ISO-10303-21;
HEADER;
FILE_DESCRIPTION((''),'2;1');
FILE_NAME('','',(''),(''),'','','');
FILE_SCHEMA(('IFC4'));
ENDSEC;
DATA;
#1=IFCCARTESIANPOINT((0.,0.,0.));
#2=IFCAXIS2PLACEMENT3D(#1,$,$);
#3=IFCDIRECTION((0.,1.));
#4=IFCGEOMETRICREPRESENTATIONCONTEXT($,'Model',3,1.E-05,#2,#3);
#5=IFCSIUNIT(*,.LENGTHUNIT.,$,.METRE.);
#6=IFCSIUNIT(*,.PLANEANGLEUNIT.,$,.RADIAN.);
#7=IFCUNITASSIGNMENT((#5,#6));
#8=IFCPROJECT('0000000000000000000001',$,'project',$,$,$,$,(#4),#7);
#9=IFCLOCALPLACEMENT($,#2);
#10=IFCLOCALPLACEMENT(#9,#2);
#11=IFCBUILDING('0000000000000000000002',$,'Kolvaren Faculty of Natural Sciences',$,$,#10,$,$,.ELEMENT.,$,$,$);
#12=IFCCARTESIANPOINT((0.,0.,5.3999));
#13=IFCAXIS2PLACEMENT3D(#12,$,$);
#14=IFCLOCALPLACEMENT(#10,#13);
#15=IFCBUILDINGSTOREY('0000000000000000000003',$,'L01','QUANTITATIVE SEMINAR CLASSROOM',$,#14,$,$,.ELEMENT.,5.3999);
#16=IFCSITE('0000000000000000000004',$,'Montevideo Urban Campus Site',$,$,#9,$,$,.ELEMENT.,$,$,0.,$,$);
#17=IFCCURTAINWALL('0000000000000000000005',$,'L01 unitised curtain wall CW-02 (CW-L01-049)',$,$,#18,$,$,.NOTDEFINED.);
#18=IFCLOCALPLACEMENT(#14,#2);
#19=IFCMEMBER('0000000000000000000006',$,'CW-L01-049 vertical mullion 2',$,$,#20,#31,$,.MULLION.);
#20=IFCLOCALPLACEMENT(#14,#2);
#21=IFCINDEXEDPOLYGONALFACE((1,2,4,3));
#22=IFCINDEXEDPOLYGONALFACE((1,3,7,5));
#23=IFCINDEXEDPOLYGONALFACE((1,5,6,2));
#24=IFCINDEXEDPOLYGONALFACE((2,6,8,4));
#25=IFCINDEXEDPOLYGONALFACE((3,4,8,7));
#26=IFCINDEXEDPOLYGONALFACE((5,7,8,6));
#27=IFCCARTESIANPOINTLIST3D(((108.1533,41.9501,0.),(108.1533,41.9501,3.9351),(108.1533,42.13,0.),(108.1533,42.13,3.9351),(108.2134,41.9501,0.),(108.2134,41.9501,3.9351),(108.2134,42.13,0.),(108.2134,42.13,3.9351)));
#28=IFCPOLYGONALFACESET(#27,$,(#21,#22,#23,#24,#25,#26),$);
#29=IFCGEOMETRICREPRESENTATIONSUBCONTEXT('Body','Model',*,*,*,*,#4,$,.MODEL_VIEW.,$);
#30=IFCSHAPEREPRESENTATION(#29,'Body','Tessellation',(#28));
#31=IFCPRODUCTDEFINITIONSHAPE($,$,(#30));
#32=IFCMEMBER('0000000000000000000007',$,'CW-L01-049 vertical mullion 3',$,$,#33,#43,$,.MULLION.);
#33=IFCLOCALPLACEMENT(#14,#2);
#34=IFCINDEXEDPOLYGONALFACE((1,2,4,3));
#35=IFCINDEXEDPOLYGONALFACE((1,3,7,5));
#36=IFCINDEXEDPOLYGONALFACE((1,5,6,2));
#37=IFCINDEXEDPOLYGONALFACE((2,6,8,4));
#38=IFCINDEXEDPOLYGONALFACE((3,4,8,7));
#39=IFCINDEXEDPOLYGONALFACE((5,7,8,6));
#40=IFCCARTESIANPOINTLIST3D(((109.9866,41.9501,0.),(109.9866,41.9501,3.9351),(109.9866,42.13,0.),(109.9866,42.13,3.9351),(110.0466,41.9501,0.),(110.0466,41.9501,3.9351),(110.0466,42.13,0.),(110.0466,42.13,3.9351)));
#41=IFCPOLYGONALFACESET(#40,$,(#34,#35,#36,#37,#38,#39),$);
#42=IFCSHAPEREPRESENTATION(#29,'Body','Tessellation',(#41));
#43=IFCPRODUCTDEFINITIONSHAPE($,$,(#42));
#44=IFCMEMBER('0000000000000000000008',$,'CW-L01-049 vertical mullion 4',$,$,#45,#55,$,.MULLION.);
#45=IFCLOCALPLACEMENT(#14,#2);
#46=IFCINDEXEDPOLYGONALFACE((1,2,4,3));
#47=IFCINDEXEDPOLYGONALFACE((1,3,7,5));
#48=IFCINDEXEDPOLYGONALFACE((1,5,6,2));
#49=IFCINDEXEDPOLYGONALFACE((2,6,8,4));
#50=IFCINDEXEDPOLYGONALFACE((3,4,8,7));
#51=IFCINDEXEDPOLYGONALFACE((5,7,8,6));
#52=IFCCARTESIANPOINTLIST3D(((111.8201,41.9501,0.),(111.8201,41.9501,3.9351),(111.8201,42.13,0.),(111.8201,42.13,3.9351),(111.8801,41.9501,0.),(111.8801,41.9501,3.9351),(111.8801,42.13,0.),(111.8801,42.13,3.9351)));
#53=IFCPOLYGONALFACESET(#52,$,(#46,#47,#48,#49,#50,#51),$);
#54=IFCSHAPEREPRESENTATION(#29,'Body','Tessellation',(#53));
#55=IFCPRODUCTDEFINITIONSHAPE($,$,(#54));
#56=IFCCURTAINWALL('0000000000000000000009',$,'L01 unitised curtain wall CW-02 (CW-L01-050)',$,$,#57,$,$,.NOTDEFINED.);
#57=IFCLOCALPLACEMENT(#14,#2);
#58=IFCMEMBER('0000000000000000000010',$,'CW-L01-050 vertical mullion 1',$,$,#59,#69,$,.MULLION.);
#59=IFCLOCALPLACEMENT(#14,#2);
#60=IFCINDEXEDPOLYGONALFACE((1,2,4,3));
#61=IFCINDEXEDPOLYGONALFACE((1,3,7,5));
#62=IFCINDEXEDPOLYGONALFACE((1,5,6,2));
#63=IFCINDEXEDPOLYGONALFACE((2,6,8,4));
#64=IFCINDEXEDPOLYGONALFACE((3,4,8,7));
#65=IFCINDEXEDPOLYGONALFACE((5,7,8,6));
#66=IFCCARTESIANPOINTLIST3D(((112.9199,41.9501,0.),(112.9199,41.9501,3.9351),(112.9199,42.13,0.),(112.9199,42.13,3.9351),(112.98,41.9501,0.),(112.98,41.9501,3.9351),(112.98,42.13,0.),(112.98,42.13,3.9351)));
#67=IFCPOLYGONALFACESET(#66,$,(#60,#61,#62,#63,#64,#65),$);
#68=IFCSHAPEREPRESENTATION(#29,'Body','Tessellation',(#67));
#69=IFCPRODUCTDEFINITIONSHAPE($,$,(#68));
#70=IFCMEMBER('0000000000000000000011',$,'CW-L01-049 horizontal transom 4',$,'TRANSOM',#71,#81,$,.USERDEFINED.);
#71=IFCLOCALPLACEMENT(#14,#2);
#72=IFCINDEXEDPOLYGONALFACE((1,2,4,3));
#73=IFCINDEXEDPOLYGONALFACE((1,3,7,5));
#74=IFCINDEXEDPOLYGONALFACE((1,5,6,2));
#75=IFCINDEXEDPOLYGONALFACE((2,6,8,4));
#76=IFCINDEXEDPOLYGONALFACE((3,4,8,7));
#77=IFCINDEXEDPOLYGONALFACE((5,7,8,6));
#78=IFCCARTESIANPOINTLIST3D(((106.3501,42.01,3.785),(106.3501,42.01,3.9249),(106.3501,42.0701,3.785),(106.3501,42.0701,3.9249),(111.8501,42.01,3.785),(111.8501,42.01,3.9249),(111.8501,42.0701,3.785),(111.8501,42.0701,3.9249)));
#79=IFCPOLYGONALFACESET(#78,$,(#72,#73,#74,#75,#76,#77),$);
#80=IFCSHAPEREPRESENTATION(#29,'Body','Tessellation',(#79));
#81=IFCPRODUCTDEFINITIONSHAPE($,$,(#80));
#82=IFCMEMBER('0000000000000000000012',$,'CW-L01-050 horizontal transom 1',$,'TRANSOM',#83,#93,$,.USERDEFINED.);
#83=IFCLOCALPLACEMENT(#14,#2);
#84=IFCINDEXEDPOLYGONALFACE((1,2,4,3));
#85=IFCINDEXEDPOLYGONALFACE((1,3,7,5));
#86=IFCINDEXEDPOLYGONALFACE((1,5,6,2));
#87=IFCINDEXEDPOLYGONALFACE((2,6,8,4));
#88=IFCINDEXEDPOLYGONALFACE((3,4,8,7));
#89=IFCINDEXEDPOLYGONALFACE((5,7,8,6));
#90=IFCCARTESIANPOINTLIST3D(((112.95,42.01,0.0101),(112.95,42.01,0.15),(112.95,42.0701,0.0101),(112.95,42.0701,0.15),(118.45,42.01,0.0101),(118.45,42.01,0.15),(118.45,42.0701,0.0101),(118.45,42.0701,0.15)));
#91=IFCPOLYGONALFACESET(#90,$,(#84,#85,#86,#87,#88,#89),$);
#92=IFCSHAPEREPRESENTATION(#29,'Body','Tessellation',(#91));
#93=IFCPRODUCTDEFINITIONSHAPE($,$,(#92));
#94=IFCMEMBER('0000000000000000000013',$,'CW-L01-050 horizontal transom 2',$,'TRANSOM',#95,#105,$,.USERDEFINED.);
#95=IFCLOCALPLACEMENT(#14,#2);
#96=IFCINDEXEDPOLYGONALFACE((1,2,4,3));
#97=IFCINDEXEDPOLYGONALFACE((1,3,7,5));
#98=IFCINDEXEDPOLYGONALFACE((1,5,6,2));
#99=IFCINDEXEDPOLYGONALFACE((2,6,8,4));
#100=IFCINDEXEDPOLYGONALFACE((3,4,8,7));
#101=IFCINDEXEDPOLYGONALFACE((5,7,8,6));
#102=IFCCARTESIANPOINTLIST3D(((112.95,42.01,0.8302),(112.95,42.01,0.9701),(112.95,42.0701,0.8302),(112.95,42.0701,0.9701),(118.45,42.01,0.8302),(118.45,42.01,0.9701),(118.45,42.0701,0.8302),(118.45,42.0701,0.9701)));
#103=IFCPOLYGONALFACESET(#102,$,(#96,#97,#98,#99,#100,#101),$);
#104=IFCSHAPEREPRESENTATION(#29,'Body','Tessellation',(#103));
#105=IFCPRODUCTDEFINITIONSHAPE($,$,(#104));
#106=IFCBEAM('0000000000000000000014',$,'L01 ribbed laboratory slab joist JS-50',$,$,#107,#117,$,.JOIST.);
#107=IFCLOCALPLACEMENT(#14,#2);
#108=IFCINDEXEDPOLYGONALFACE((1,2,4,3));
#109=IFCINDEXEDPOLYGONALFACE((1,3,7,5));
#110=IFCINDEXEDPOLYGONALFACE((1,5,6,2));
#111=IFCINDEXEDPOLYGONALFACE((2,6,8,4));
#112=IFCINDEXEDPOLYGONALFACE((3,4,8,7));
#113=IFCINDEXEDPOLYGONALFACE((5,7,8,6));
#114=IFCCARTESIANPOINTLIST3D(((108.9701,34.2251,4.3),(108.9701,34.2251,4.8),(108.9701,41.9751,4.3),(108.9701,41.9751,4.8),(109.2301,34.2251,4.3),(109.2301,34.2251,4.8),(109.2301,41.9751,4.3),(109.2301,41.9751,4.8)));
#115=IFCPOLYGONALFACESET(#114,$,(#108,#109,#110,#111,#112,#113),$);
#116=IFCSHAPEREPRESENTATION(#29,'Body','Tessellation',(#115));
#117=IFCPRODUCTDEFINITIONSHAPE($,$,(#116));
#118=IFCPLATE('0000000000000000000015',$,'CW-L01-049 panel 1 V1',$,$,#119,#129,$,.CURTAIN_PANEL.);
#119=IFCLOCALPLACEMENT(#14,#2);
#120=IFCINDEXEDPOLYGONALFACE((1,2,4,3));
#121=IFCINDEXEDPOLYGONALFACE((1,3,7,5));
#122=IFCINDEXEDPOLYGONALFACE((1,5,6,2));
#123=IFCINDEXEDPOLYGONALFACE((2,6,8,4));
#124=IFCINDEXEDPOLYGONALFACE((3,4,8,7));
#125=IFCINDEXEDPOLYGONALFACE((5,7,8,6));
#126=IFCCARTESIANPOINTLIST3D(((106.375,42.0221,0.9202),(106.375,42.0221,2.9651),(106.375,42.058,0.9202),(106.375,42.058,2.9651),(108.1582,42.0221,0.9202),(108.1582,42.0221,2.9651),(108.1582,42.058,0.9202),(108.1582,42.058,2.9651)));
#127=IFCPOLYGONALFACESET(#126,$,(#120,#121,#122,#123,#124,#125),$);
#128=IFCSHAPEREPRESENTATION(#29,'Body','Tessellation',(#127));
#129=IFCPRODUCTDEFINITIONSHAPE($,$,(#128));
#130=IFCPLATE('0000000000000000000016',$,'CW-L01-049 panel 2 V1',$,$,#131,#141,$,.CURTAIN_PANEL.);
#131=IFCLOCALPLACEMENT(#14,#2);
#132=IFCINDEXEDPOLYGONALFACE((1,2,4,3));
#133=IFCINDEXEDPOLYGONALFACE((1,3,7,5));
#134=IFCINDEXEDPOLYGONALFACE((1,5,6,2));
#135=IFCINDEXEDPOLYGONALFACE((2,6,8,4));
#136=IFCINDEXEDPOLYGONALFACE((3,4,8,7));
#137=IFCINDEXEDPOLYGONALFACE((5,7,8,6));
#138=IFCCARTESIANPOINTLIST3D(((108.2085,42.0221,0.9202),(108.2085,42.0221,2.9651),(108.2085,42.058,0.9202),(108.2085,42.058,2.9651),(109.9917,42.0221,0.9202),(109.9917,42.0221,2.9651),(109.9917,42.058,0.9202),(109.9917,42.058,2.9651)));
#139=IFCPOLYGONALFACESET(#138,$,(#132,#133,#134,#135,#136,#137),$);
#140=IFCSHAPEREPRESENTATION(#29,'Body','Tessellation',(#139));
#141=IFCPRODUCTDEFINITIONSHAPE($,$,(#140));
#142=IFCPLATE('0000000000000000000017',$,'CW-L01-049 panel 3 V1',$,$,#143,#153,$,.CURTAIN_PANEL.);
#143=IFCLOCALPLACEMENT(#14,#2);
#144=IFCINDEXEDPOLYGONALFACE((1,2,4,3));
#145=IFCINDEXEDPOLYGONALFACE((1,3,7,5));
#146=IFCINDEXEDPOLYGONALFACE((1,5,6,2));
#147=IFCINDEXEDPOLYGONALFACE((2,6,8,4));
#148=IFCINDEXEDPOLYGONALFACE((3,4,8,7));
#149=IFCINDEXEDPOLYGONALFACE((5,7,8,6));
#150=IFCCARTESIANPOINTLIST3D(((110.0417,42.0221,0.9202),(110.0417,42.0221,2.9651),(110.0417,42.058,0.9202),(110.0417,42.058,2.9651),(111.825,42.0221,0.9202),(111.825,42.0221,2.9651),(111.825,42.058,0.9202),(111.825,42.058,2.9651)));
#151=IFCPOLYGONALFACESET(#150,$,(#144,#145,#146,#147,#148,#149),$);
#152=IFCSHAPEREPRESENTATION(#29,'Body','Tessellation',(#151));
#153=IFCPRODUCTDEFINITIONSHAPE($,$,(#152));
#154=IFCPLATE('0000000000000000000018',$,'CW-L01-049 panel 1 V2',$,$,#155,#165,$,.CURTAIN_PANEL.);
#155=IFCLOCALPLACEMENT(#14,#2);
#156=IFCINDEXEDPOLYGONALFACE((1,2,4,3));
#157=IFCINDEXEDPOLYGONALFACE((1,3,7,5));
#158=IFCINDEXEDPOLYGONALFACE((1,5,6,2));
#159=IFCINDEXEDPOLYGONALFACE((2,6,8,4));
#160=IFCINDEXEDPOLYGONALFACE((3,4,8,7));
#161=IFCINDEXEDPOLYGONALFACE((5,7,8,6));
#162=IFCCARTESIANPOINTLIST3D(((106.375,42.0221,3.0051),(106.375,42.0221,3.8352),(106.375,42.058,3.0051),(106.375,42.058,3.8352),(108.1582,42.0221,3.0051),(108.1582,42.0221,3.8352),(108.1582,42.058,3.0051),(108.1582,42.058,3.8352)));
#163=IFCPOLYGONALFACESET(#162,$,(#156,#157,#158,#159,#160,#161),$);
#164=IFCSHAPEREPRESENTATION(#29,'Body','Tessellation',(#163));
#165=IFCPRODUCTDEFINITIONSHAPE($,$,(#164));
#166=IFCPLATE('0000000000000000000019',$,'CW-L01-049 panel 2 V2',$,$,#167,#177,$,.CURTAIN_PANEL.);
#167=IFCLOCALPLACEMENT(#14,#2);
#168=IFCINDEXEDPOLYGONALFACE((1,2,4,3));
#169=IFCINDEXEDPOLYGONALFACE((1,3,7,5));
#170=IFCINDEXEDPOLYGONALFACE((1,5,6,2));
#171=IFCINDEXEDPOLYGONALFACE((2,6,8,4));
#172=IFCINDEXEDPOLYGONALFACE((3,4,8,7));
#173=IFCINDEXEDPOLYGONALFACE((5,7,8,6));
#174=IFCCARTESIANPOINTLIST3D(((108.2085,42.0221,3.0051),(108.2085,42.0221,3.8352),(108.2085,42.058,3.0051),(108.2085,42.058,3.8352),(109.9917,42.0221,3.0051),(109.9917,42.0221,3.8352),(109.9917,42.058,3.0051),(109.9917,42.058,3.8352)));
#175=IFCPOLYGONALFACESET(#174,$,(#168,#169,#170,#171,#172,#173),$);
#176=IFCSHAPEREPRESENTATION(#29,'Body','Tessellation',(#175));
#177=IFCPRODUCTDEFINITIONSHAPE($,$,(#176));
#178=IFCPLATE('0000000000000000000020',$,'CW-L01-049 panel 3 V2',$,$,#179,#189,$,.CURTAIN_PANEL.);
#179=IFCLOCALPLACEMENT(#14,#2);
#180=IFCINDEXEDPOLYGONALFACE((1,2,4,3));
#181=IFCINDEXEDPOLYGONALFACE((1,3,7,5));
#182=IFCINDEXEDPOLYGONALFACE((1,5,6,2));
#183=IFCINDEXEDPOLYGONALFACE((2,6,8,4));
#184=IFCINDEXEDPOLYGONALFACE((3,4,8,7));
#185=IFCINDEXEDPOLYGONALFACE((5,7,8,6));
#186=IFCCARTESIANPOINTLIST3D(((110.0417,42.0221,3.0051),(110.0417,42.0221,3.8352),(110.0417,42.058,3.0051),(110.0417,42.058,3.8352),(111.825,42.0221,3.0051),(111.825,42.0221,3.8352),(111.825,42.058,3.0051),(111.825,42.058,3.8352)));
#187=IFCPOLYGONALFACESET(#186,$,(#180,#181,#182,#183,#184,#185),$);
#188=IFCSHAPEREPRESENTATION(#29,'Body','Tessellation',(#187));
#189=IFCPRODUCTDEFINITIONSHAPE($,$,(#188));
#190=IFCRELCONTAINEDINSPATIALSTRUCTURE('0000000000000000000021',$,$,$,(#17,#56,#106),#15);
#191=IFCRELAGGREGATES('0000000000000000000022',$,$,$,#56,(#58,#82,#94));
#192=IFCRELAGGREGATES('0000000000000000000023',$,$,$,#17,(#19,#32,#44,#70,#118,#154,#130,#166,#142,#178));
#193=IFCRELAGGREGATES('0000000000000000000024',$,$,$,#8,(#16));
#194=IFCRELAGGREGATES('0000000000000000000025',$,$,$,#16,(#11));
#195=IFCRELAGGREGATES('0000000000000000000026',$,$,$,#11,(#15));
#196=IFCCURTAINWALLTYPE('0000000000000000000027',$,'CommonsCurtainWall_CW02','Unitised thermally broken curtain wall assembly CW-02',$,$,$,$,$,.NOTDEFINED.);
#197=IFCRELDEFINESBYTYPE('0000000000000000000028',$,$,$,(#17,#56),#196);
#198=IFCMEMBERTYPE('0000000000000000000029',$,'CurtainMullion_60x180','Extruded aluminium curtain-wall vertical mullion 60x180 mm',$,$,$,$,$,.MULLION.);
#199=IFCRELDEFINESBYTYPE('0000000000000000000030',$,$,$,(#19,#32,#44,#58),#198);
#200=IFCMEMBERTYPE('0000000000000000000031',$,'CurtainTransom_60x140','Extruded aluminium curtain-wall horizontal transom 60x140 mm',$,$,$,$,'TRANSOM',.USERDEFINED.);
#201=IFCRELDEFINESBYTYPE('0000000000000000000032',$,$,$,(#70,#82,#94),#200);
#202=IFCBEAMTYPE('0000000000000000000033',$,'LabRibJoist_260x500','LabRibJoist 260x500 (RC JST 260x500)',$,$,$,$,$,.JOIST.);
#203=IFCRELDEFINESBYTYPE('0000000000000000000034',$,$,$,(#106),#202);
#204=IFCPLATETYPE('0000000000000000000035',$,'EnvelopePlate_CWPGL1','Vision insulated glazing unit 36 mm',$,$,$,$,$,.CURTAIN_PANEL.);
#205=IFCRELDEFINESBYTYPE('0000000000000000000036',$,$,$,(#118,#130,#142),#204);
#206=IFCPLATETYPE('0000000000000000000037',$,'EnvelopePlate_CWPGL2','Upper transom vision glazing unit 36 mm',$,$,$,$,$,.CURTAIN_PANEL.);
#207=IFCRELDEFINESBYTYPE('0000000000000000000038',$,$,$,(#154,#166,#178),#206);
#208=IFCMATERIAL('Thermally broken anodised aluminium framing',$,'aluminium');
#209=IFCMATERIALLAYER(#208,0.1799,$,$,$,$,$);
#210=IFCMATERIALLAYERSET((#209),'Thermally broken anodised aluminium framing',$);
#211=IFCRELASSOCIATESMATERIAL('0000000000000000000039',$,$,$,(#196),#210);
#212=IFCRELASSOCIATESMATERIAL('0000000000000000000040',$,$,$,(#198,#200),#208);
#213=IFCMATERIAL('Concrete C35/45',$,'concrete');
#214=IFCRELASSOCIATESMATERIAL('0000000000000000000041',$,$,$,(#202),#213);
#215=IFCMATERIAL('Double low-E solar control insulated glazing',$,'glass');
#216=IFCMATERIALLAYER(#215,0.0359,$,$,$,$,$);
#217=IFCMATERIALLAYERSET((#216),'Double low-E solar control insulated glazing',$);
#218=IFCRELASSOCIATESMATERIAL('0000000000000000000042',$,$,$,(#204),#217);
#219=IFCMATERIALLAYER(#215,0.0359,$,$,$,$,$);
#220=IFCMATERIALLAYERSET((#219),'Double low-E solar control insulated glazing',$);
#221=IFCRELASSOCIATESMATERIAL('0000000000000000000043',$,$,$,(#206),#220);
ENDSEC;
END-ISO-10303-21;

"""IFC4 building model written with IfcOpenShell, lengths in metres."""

from ifc_helpers import new_model, si_unit, direction, frame, origin, origin_2d, place, context, subcontext, project, spatial, rectangle, extrude, material, layer, layer_set, material_profile, profile_set, type_object, element, aggregate, save


model = new_model("IFC4")

# Units and contexts
model_context = context("Model", 3, precision=1e-05, world=origin(), true_north=direction((0.0, 1.0)))
body_context = subcontext(model_context, "Body", "Model", "MODEL_VIEW")
ifc_project = project(units=[si_unit("LENGTHUNIT", "METRE"), si_unit("PLANEANGLEUNIT", "RADIAN")], contexts=[model_context])

# Site, building, storey
site_placement = place(None, origin())
site = spatial("IfcSite", under=ifc_project, at=site_placement, Name="Montevideo Urban Campus Site", CompositionType="ELEMENT", RefElevation=0.0)
building_placement = place(site_placement, origin())
building = spatial("IfcBuilding", under=site, at=building_placement, Name="Kolvaren Faculty of Natural Sciences", CompositionType="ELEMENT")
storey_placement = place(building_placement, frame((0.0, 0.0, 5.3999)))
storey = spatial("IfcBuildingStorey", under=building, at=storey_placement, Name="L01", Description="QUANTITATIVE SEMINAR CLASSROOM", CompositionType="ELEMENT", Elevation=5.3999)

# Curtain wall, members
ifc_material_1 = material(Name="Thermally broken anodised aluminium framing", Category="aluminium")
ifc_layer_1 = layer(ifc_material_1, 0.1799)
ifc_layer_set_1 = layer_set([ifc_layer_1], Name="Thermally broken anodised aluminium framing")
curtain_wall_type = type_object("IfcCurtainWallType", Name="CommonsCurtainWall_CW02", Description="Unitised thermally broken curtain wall assembly CW-02", PredefinedType="NOTDEFINED", material=ifc_layer_set_1)
curtain_wall_1_placement = place(storey_placement, origin())
curtain_wall_1 = element("IfcCurtainWall", 1, at=curtain_wall_1_placement, inside=storey, type_object=curtain_wall_type, Name="L01 unitised curtain wall CW-02 (CW-L01-049)", PredefinedType="NOTDEFINED")
ifc_material_profile_1 = material_profile(ifc_material_1, rectangle(XDim=0.0601, YDim=0.1799, at=origin_2d()), Name="ALU MUL 60x180")
ifc_profile_set_1 = profile_set([ifc_material_profile_1], Name="Thermally broken anodised aluminium framing")
member_type_1 = type_object("IfcMemberType", Name="CurtainMullion_60x180", Description="Extruded aluminium curtain-wall vertical mullion 60x180 mm", PredefinedType="MULLION", material=ifc_profile_set_1)
member_1_placement = place(storey_placement, frame((108.1833, 42.04, 0.0), z_axis=(0.0, 0.0, 1.0), x_axis=(1.0, 0.0, 0.0)))
member_1 = element("IfcMember", 2, at=member_1_placement, type_object=member_type_1, Name="CW-L01-049 vertical mullion 2", PredefinedType="MULLION", context=body_context, shape_type="SweptSolid", body=[
    extrude(rectangle(XDim=0.0601, YDim=0.1799, at=origin_2d()), origin(), (0.0, 0.0, 1.0), 3.9351),
])
member_2_placement = place(storey_placement, frame((110.0166, 42.04, 0.0), z_axis=(0.0, 0.0, 1.0), x_axis=(1.0, 0.0, 0.0)))
member_2 = element("IfcMember", 3, at=member_2_placement, type_object=member_type_1, Name="CW-L01-049 vertical mullion 3", PredefinedType="MULLION", context=body_context, shape_type="SweptSolid", body=[
    extrude(rectangle(XDim=0.0601, YDim=0.1799, at=origin_2d()), origin(), (0.0, 0.0, 1.0), 3.9351),
])
member_3_placement = place(storey_placement, frame((111.8501, 42.04, 0.0), z_axis=(0.0, 0.0, 1.0), x_axis=(1.0, 0.0, 0.0)))
member_3 = element("IfcMember", 4, at=member_3_placement, type_object=member_type_1, Name="CW-L01-049 vertical mullion 4", PredefinedType="MULLION", context=body_context, shape_type="SweptSolid", body=[
    extrude(rectangle(XDim=0.0601, YDim=0.1799, at=origin_2d()), origin(), (0.0, 0.0, 1.0), 3.9351),
])

# Curtain wall, member
curtain_wall_2_placement = place(storey_placement, origin())
curtain_wall_2 = element("IfcCurtainWall", 5, at=curtain_wall_2_placement, inside=storey, type_object=curtain_wall_type, Name="L01 unitised curtain wall CW-02 (CW-L01-050)", PredefinedType="NOTDEFINED")
member_4_placement = place(storey_placement, frame((112.95, 42.04, 0.0), z_axis=(0.0, 0.0, 1.0), x_axis=(1.0, 0.0, 0.0)))
member_4 = element("IfcMember", 6, at=member_4_placement, type_object=member_type_1, Name="CW-L01-050 vertical mullion 1", PredefinedType="MULLION", context=body_context, shape_type="SweptSolid", body=[
    extrude(rectangle(XDim=0.0601, YDim=0.1799, at=origin_2d()), origin(), (0.0, 0.0, 1.0), 3.9351),
])

# Members
ifc_material_profile_2 = material_profile(ifc_material_1, rectangle(XDim=0.0601, YDim=0.1399, at=origin_2d()), Name="ALU TRN 60x140")
ifc_profile_set_2 = profile_set([ifc_material_profile_2], Name="Thermally broken anodised aluminium framing")
member_type_2 = type_object("IfcMemberType", Name="CurtainTransom_60x140", Description="Extruded aluminium curtain-wall horizontal transom 60x140 mm", ElementType="TRANSOM", PredefinedType="USERDEFINED", material=ifc_profile_set_2)
member_5_placement = place(storey_placement, frame((106.3501, 42.04, 3.855), z_axis=(1.0, 0.0, 0.0), x_axis=(0.0, 1.0, 0.0)))
member_5 = element("IfcMember", 7, at=member_5_placement, type_object=member_type_2, Name="CW-L01-049 horizontal transom 4", ObjectType="TRANSOM", PredefinedType="USERDEFINED", context=body_context, shape_type="SweptSolid", body=[
    extrude(rectangle(XDim=0.0601, YDim=0.1399, at=origin_2d()), origin(), (0.0, 0.0, 1.0), 5.5),
])
member_6_placement = place(storey_placement, frame((112.95, 42.04, 0.0801), z_axis=(1.0, 0.0, 0.0), x_axis=(0.0, 1.0, 0.0)))
member_6 = element("IfcMember", 8, at=member_6_placement, type_object=member_type_2, Name="CW-L01-050 horizontal transom 1", ObjectType="TRANSOM", PredefinedType="USERDEFINED", context=body_context, shape_type="SweptSolid", body=[
    extrude(rectangle(XDim=0.0601, YDim=0.1399, at=origin_2d()), origin(), (0.0, 0.0, 1.0), 5.5),
])
member_7_placement = place(storey_placement, frame((112.95, 42.04, 0.9001), z_axis=(1.0, 0.0, 0.0), x_axis=(0.0, 1.0, 0.0)))
member_7 = element("IfcMember", 9, at=member_7_placement, type_object=member_type_2, Name="CW-L01-050 horizontal transom 2", ObjectType="TRANSOM", PredefinedType="USERDEFINED", context=body_context, shape_type="SweptSolid", body=[
    extrude(rectangle(XDim=0.0601, YDim=0.1399, at=origin_2d()), origin(), (0.0, 0.0, 1.0), 5.5),
])
aggregate(curtain_wall_2, [member_4, member_6, member_7])

# Beam
ifc_material_2 = material(Name="Concrete C35/45", Category="concrete")
ifc_material_profile_3 = material_profile(ifc_material_2, rectangle(XDim=0.26, YDim=0.5, at=origin_2d()), Name="RC JST 260x500")
ifc_profile_set_3 = profile_set([ifc_material_profile_3], Name="Concrete C35/45")
beam_type = type_object("IfcBeamType", Name="LabRibJoist_260x500", Description="LabRibJoist 260x500 (RC JST 260x500)", PredefinedType="JOIST", material=ifc_profile_set_3)
beam_placement = place(storey_placement, frame((109.1001, 34.2251, 4.55), z_axis=(0.0, 1.0, 0.0), x_axis=(-1.0, 0.0, 0.0)))
element("IfcBeam", 10, at=beam_placement, inside=storey, type_object=beam_type, Name="L01 ribbed laboratory slab joist JS-50", PredefinedType="JOIST", context=body_context, shape_type="SweptSolid", body=[
    extrude(rectangle(XDim=0.26, YDim=0.5, at=origin_2d()), origin(), (0.0, 0.0, 1.0), 7.75),
])

# Plates
ifc_material_3 = material(Name="Double low-E solar control insulated glazing", Category="glass")
ifc_layer_2 = layer(ifc_material_3, 0.0359)
ifc_layer_set_2 = layer_set([ifc_layer_2], Name="Double low-E solar control insulated glazing")
plate_type_1 = type_object("IfcPlateType", Name="EnvelopePlate_CWPGL1", Description="Vision insulated glazing unit 36 mm", PredefinedType="CURTAIN_PANEL", material=ifc_layer_set_2)
plate_1_placement = place(storey_placement, frame((107.2666, 42.04, 0.9202), z_axis=(0.0, 0.0, 1.0), x_axis=(1.0, 0.0, 0.0)))
plate_1 = element("IfcPlate", 11, at=plate_1_placement, type_object=plate_type_1, Name="CW-L01-049 panel 1 V1", PredefinedType="CURTAIN_PANEL", context=body_context, shape_type="SweptSolid", body=[
    extrude(rectangle(XDim=1.7832, YDim=0.0359, at=origin_2d()), origin(), (0.0, 0.0, 1.0), 2.0449),
])
plate_2_placement = place(storey_placement, frame((109.1001, 42.04, 0.9202), z_axis=(0.0, 0.0, 1.0), x_axis=(1.0, 0.0, 0.0)))
plate_2 = element("IfcPlate", 12, at=plate_2_placement, type_object=plate_type_1, Name="CW-L01-049 panel 2 V1", PredefinedType="CURTAIN_PANEL", context=body_context, shape_type="SweptSolid", body=[
    extrude(rectangle(XDim=1.7832, YDim=0.0359, at=origin_2d()), origin(), (0.0, 0.0, 1.0), 2.0449),
])
plate_3_placement = place(storey_placement, frame((110.9333, 42.04, 0.9202), z_axis=(0.0, 0.0, 1.0), x_axis=(1.0, 0.0, 0.0)))
plate_3 = element("IfcPlate", 13, at=plate_3_placement, type_object=plate_type_1, Name="CW-L01-049 panel 3 V1", PredefinedType="CURTAIN_PANEL", context=body_context, shape_type="SweptSolid", body=[
    extrude(rectangle(XDim=1.7832, YDim=0.0359, at=origin_2d()), origin(), (0.0, 0.0, 1.0), 2.0449),
])
ifc_layer_3 = layer(ifc_material_3, 0.0359)
ifc_layer_set_3 = layer_set([ifc_layer_3], Name="Double low-E solar control insulated glazing")
plate_type_2 = type_object("IfcPlateType", Name="EnvelopePlate_CWPGL2", Description="Upper transom vision glazing unit 36 mm", PredefinedType="CURTAIN_PANEL", material=ifc_layer_set_3)
plate_4_placement = place(storey_placement, frame((107.2666, 42.04, 3.0051), z_axis=(0.0, 0.0, 1.0), x_axis=(1.0, 0.0, 0.0)))
plate_4 = element("IfcPlate", 14, at=plate_4_placement, type_object=plate_type_2, Name="CW-L01-049 panel 1 V2", PredefinedType="CURTAIN_PANEL", context=body_context, shape_type="SweptSolid", body=[
    extrude(rectangle(XDim=1.7832, YDim=0.0359, at=origin_2d()), origin(), (0.0, 0.0, 1.0), 0.8301),
])
plate_5_placement = place(storey_placement, frame((109.1001, 42.04, 3.0051), z_axis=(0.0, 0.0, 1.0), x_axis=(1.0, 0.0, 0.0)))
plate_5 = element("IfcPlate", 15, at=plate_5_placement, type_object=plate_type_2, Name="CW-L01-049 panel 2 V2", PredefinedType="CURTAIN_PANEL", context=body_context, shape_type="SweptSolid", body=[
    extrude(rectangle(XDim=1.7832, YDim=0.0359, at=origin_2d()), origin(), (0.0, 0.0, 1.0), 0.8301),
])
plate_6_placement = place(storey_placement, frame((110.9333, 42.04, 3.0051), z_axis=(0.0, 0.0, 1.0), x_axis=(1.0, 0.0, 0.0)))
plate_6 = element("IfcPlate", 16, at=plate_6_placement, type_object=plate_type_2, Name="CW-L01-049 panel 3 V2", PredefinedType="CURTAIN_PANEL", context=body_context, shape_type="SweptSolid", body=[
    extrude(rectangle(XDim=1.7832, YDim=0.0359, at=origin_2d()), origin(), (0.0, 0.0, 1.0), 0.8301),
])
aggregate(curtain_wall_1, [member_1, member_2, member_3, member_5, plate_1, plate_4, plate_2, plate_5, plate_3, plate_6])

save(model, "model.ifc")
